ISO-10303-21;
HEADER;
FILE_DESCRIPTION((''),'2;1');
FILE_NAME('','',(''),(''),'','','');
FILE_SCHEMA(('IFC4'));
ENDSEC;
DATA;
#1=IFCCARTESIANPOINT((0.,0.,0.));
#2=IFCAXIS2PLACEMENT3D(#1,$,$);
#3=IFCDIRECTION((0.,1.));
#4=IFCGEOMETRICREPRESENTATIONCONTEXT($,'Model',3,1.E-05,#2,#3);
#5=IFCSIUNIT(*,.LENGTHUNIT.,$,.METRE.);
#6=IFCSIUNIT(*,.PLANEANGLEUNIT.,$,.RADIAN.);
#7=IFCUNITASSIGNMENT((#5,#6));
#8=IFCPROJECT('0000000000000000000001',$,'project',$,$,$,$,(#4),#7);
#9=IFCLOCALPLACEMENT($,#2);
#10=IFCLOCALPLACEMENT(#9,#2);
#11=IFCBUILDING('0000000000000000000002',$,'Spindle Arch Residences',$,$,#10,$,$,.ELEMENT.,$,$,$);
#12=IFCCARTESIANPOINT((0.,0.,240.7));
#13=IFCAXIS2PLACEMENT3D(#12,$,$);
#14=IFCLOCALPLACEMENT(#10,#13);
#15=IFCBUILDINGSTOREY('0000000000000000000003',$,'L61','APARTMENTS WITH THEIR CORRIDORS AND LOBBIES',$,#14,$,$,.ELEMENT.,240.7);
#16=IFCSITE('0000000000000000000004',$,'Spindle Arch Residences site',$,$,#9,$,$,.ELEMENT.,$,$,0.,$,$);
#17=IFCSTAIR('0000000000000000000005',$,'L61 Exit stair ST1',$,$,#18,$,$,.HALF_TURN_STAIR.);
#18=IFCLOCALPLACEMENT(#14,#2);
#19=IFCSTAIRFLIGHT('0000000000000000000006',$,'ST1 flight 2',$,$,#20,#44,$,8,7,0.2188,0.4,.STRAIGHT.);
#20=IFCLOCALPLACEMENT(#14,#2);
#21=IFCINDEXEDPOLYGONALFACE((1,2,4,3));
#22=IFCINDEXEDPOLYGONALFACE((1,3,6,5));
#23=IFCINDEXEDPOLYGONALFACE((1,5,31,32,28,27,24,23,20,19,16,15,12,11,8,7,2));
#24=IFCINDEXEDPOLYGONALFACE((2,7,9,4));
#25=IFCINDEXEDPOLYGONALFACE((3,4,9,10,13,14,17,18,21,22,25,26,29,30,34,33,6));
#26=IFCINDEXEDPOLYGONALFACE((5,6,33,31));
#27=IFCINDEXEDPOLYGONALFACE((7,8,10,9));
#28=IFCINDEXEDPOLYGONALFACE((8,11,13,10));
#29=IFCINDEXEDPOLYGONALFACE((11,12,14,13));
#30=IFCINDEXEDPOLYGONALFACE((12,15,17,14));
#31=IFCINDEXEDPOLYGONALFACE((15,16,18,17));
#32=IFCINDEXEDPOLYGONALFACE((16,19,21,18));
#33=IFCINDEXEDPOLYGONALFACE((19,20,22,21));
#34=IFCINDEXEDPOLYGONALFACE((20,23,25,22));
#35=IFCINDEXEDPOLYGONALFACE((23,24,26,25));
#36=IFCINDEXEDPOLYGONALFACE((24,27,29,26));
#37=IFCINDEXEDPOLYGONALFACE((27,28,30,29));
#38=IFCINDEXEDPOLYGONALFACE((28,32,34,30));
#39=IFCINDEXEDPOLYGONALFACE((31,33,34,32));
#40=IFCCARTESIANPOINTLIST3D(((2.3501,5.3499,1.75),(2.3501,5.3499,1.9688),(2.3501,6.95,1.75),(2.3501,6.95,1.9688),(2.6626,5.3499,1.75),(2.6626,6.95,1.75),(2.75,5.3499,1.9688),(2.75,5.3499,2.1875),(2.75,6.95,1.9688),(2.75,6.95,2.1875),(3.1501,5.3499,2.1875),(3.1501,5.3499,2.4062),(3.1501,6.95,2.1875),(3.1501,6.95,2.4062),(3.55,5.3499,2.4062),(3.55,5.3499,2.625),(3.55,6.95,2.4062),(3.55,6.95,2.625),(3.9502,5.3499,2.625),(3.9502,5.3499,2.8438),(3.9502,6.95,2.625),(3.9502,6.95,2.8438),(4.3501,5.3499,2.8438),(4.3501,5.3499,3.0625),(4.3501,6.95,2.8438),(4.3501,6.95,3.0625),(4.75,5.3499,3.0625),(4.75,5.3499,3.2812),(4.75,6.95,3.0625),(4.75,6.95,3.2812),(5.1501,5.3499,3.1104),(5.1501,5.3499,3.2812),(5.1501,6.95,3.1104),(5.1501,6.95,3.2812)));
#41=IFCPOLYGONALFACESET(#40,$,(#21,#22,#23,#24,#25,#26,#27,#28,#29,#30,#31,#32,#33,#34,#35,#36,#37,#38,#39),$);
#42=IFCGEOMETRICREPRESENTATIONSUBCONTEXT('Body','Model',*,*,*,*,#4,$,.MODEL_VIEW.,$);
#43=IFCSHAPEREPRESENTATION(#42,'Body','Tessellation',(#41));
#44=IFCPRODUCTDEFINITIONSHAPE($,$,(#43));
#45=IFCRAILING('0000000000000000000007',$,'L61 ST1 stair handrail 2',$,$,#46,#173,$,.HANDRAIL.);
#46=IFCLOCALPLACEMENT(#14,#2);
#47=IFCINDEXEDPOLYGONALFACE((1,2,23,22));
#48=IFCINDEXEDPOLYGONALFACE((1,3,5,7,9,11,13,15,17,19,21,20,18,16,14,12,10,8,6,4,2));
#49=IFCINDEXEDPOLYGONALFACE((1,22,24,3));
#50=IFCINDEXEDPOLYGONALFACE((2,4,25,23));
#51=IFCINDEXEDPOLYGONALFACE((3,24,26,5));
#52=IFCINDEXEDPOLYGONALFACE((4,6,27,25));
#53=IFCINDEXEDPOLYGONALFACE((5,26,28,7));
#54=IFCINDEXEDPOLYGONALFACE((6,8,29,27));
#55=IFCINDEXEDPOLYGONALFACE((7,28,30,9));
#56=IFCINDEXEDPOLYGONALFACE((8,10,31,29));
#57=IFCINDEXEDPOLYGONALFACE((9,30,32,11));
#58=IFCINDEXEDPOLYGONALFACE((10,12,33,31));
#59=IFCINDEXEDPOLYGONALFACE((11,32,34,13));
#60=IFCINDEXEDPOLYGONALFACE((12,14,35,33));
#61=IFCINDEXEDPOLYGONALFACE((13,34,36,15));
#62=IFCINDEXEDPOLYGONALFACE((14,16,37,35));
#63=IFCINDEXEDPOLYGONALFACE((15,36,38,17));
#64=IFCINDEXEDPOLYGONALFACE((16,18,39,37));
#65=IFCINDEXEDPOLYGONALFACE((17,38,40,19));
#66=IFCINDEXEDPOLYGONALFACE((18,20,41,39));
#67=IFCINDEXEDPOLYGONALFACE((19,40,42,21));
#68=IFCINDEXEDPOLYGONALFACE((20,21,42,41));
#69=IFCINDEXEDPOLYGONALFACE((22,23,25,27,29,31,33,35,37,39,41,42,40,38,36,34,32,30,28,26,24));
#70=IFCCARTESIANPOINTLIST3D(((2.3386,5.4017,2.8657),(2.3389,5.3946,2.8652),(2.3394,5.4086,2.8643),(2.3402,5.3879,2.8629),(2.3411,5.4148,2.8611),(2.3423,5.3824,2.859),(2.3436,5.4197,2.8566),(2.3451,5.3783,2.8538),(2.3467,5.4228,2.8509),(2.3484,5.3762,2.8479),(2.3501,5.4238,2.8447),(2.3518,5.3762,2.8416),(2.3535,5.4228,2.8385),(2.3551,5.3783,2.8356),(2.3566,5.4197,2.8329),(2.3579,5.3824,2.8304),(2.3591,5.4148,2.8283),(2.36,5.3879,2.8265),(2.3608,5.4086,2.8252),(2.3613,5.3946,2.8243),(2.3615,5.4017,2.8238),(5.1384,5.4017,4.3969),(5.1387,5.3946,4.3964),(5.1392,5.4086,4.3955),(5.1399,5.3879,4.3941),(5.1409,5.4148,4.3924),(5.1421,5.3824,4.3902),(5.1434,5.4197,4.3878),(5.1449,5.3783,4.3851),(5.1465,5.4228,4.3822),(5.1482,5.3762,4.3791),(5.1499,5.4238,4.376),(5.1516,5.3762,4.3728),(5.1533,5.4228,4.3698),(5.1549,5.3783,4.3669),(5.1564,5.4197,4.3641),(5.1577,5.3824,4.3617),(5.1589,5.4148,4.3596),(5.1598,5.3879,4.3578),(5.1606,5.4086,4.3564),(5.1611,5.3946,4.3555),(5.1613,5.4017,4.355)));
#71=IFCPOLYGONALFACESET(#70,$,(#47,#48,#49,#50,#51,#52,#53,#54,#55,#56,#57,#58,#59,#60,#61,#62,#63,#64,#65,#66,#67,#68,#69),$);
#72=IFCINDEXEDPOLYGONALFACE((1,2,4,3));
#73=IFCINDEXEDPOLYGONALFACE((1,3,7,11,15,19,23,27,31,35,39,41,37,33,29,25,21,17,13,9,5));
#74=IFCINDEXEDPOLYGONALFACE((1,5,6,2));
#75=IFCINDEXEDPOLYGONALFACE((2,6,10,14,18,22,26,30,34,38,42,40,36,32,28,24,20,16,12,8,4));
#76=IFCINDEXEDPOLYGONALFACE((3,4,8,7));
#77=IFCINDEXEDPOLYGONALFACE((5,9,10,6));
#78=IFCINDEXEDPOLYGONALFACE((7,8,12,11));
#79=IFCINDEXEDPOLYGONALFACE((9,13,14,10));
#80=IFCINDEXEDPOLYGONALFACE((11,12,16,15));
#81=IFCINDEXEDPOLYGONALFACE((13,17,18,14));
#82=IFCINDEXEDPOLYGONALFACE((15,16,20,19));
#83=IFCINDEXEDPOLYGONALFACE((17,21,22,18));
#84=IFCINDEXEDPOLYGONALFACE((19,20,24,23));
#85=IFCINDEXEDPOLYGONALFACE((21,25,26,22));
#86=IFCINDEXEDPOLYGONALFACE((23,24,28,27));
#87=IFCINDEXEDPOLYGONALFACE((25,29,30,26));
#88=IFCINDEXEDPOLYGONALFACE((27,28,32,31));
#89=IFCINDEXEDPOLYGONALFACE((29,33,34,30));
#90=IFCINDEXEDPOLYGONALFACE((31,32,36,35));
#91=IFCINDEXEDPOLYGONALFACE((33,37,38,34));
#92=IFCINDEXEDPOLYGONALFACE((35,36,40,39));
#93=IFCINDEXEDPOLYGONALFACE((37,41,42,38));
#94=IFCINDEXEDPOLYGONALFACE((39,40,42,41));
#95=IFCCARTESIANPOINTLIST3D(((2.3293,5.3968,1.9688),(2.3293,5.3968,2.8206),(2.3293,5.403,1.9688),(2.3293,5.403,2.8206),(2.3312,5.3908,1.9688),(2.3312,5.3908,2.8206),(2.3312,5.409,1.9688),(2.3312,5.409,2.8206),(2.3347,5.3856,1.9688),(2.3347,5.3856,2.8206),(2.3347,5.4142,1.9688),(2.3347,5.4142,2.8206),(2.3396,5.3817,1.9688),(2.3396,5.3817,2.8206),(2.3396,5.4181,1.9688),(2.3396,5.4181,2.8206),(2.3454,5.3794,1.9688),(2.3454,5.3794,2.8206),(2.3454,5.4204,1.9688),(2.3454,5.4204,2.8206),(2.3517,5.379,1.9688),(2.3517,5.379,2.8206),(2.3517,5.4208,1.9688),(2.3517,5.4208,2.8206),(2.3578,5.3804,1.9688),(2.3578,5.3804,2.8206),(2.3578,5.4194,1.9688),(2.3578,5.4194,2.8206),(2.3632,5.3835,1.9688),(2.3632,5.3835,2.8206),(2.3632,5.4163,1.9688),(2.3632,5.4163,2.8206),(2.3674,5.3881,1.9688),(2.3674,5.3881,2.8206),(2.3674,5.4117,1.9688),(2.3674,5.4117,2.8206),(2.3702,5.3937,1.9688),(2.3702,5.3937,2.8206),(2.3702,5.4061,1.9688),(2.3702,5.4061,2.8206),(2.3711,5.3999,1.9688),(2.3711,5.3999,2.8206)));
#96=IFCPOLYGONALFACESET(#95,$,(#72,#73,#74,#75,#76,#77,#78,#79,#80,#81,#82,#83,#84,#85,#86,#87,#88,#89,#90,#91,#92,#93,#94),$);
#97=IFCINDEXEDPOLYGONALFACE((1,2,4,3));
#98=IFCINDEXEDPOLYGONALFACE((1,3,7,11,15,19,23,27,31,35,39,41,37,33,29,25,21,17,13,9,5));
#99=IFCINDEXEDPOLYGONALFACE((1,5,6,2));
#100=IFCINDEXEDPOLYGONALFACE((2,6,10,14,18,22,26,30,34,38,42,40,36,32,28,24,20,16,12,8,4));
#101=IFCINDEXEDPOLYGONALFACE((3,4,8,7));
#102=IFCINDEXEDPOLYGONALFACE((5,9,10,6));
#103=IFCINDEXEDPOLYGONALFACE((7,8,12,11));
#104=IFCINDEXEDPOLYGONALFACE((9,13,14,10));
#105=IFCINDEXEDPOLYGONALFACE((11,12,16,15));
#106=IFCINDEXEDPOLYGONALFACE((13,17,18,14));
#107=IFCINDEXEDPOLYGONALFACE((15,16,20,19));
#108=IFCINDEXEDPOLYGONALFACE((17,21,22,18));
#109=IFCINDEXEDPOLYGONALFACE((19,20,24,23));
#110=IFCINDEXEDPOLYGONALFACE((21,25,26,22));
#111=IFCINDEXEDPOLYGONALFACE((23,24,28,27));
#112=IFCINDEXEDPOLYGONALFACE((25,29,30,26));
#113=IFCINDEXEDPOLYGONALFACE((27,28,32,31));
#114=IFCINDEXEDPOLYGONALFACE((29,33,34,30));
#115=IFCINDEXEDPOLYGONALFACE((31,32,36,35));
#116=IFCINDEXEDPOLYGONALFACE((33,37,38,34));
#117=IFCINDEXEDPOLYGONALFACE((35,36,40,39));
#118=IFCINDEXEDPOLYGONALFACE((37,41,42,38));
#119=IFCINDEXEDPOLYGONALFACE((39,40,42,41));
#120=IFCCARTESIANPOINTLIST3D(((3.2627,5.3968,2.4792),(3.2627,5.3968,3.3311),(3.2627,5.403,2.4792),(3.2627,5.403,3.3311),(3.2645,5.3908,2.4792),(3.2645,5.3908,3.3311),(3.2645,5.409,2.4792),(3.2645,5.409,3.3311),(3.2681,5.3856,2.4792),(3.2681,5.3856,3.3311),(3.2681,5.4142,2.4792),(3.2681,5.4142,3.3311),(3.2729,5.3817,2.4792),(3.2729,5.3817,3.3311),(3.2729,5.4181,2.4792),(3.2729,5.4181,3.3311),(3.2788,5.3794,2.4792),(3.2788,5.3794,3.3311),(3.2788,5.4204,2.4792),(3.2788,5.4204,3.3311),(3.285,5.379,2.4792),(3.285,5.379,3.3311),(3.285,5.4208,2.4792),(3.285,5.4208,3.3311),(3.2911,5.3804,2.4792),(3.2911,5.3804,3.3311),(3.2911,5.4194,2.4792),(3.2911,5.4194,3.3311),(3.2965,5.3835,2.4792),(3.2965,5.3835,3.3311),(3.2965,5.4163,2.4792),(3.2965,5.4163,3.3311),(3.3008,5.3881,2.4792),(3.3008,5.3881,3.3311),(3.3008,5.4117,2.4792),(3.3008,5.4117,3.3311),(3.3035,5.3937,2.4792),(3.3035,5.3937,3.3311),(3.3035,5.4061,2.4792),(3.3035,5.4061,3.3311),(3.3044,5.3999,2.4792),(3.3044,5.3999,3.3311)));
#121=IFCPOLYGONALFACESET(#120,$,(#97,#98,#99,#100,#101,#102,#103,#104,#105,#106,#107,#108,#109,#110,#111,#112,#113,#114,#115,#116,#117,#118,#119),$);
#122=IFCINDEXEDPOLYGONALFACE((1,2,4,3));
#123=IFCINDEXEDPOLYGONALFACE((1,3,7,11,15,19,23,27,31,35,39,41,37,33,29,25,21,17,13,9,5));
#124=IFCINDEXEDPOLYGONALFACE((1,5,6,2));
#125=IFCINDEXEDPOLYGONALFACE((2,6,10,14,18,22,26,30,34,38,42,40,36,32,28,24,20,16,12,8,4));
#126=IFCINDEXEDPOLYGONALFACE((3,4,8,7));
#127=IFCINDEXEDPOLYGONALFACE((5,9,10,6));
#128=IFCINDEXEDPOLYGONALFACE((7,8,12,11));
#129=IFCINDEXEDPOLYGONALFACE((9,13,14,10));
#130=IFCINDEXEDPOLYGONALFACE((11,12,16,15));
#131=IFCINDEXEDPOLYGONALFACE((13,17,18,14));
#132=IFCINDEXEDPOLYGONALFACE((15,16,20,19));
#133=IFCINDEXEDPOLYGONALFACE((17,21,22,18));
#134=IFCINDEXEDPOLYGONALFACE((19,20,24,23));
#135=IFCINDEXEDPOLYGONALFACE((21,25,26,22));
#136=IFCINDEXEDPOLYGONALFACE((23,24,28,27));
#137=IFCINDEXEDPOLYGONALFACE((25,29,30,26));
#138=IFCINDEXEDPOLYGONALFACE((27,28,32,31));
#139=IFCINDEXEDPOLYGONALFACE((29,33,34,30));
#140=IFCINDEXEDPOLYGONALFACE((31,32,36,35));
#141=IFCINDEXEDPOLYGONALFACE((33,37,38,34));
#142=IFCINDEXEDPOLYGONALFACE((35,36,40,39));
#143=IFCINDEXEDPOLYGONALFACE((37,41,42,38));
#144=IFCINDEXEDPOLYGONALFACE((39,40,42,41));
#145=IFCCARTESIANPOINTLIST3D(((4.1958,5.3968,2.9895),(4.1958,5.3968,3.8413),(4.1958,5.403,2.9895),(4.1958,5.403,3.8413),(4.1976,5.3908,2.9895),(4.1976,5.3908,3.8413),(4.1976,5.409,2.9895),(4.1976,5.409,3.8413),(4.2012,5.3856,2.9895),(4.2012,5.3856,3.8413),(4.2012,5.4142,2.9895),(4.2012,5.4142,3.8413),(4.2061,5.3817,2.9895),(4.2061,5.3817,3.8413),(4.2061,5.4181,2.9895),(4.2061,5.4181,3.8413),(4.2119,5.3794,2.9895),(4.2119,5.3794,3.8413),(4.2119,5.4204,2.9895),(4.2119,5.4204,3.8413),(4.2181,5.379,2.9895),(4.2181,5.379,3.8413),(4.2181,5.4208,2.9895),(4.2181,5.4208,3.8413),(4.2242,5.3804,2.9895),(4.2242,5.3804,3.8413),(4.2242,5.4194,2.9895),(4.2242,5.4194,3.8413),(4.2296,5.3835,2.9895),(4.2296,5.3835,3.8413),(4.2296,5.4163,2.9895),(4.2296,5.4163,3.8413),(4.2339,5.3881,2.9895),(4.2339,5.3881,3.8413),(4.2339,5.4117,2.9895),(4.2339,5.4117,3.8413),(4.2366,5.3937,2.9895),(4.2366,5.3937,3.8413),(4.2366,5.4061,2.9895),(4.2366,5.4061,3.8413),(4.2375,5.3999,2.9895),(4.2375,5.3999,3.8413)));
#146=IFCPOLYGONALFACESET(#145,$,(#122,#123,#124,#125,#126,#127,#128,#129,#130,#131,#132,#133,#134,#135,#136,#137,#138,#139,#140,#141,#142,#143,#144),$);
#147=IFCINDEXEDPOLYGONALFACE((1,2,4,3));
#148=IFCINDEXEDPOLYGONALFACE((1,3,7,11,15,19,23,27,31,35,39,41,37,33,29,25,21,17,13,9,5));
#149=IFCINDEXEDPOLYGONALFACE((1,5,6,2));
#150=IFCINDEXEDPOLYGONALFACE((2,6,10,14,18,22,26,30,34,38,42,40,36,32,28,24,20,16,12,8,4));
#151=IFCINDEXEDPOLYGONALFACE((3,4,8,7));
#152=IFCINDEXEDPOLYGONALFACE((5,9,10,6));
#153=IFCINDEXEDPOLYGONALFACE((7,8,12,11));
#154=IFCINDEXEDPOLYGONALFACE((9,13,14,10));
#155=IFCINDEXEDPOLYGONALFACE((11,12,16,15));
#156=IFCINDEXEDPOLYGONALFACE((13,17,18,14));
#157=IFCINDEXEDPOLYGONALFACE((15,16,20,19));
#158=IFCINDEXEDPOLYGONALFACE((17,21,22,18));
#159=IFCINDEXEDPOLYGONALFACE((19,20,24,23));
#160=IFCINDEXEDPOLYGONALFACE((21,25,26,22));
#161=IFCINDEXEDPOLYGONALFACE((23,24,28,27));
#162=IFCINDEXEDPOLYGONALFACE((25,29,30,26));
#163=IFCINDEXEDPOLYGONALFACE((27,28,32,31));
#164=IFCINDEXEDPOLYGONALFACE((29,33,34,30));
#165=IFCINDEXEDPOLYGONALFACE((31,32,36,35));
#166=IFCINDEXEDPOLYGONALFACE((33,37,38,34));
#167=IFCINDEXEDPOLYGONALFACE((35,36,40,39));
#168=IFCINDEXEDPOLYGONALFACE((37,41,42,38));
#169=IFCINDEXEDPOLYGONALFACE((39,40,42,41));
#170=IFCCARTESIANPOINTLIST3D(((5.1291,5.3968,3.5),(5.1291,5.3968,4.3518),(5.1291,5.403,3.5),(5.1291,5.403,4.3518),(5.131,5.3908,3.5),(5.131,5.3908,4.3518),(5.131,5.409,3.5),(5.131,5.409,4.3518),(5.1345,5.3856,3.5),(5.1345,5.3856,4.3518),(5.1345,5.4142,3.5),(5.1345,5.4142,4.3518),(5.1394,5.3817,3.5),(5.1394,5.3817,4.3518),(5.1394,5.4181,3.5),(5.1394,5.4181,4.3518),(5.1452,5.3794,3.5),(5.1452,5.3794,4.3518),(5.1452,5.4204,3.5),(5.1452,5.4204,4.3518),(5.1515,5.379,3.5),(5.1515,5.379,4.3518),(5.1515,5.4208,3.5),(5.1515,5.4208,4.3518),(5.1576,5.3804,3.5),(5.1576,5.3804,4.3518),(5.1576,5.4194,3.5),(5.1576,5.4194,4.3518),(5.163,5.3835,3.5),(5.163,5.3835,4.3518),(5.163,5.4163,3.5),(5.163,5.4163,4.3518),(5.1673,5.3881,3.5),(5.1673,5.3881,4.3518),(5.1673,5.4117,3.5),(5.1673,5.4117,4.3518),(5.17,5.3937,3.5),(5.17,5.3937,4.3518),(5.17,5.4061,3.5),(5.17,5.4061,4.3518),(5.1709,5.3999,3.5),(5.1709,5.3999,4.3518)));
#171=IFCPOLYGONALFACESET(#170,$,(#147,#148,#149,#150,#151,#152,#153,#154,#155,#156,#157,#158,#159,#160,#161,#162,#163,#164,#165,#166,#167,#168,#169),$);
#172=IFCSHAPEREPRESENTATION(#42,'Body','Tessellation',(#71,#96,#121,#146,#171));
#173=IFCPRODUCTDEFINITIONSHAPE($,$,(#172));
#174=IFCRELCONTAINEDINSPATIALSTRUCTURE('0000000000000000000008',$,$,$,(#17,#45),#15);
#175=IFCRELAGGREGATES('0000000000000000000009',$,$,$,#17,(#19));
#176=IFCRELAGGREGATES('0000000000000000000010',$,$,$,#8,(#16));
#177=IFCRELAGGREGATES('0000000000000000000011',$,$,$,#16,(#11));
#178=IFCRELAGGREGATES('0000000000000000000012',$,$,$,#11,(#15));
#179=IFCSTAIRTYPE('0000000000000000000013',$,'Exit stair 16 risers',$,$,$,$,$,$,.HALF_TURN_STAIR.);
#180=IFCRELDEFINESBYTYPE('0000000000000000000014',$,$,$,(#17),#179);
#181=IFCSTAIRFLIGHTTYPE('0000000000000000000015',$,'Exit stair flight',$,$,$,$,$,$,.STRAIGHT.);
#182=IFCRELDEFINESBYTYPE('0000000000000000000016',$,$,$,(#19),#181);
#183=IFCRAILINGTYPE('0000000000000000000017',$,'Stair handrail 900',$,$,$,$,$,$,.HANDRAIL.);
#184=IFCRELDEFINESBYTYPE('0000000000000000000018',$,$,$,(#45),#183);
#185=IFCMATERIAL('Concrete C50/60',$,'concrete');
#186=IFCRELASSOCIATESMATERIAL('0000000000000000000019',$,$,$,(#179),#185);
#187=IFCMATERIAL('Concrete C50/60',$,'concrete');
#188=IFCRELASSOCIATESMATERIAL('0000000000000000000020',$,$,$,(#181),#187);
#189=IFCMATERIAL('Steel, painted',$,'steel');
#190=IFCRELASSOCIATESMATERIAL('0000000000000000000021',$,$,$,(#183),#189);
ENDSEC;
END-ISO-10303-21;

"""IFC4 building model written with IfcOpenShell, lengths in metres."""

from ifc_helpers import new_model, si_unit, direction, frame, origin, origin_2d, place, context, subcontext, project, spatial, polyline, circle, outline, extrude, material, type_object, element, aggregate, save


model = new_model("IFC4")

# Units and contexts
model_context = context("Model", 3, precision=1e-05, world=origin(), true_north=direction((0.0, 1.0)))
body_context = subcontext(model_context, "Body", "Model", "MODEL_VIEW")
ifc_project = project(units=[si_unit("LENGTHUNIT", "METRE"), si_unit("PLANEANGLEUNIT", "RADIAN")], contexts=[model_context])

# Site, building, storey
site_placement = place(None, origin())
site = spatial("IfcSite", under=ifc_project, at=site_placement, Name="Spindle Arch Residences site", CompositionType="ELEMENT", RefElevation=0.0)
building_placement = place(site_placement, origin())
building = spatial("IfcBuilding", under=site, at=building_placement, Name="Spindle Arch Residences", CompositionType="ELEMENT")
storey_placement = place(building_placement, frame((0.0, 0.0, 240.7)))
storey = spatial("IfcBuildingStorey", under=building, at=storey_placement, Name="L61", Description="APARTMENTS WITH THEIR CORRIDORS AND LOBBIES", CompositionType="ELEMENT", Elevation=240.7)

# Stair, stair flight
ifc_material_1 = material(Name="Concrete C50/60", Category="concrete")
stair_type = type_object("IfcStairType", Name="Exit stair 16 risers", PredefinedType="HALF_TURN_STAIR", material=ifc_material_1)
stair_placement = place(storey_placement, origin())
stair = element("IfcStair", 1, at=stair_placement, inside=storey, type_object=stair_type, Name="L61 Exit stair ST1", PredefinedType="HALF_TURN_STAIR")
ifc_material_2 = material(Name="Concrete C50/60", Category="concrete")
stair_flight_type = type_object("IfcStairFlightType", Name="Exit stair flight", PredefinedType="STRAIGHT", material=ifc_material_2)
stair_flight_1_placement = place(storey_placement, frame((2.3501, 6.1499, 1.75), z_axis=(0.0, 0.0, 1.0), x_axis=(1.0, 0.0, 0.0)))
stair_flight_1 = element("IfcStairFlight", 2, at=stair_flight_1_placement, type_object=stair_flight_type, Name="ST1 flight 2", NumberOfRisers=8, NumberOfTreads=7, PredefinedType="STRAIGHT", RiserHeight=0.2188, TreadLength=0.4, context=body_context, shape_type="SweptSolid", body=[
    extrude(outline(polyline([(0.0, 0.0), (0.0, 0.2188), (0.3999, 0.2188), (0.3999, 0.4375), (0.8, 0.4375), (0.8, 0.6562), (1.2, 0.6562), (1.2, 0.875), (1.6001, 0.875), (1.6001, 1.0938), (2.0, 1.0938), (2.0, 1.3125), (2.3999, 1.3125), (2.3999, 1.5312), (2.8, 1.5312), (2.8, 1.75), (2.8, 1.3604), (0.3125, 0.0), (0.0, 0.0)])), frame((0.0, 0.8, 0.0), z_axis=(0.0, -1.0, 0.0), x_axis=(1.0, 0.0, 0.0)), (0.0, 0.0, 1.0), 1.6001),
])
aggregate(stair, [stair_flight_1])

# Railing
ifc_material_3 = material(Name="Steel, painted", Category="steel")
railing_type_1 = type_object("IfcRailingType", Name="Stair handrail 900", PredefinedType="HANDRAIL", material=ifc_material_3)
railing_1_placement = place(storey_placement, frame((2.3501, 5.3999, 1.9688)))
element("IfcRailing", 3, at=railing_1_placement, inside=storey, type_object=railing_type_1, Name="L61 ST1 stair handrail 2", PredefinedType="HANDRAIL", context=body_context, shape_type="SweptSolid", body=[
    extrude(circle(Radius=0.0239, at=origin_2d()), frame((0.0, 0.0, 0.876), z_axis=(0.877357, 0.0, 0.479838), x_axis=(0.0, 1.0, 0.0)), (0.0, 0.0, 1.0), 3.1912),
    extrude(circle(Radius=0.021, at=origin_2d()), origin(), (0.0, 0.0, 1.0), 0.8518),
    extrude(circle(Radius=0.021, at=origin_2d()), frame((0.9333, 0.0, 0.5105)), (0.0, 0.0, 1.0), 0.8518),
    extrude(circle(Radius=0.021, at=origin_2d()), frame((1.8665, 0.0, 1.0208)), (0.0, 0.0, 1.0), 0.8518),
    extrude(circle(Radius=0.021, at=origin_2d()), frame((2.7998, 0.0, 1.5312)), (0.0, 0.0, 1.0), 0.8518),
])

save(model, "model.ifc")
